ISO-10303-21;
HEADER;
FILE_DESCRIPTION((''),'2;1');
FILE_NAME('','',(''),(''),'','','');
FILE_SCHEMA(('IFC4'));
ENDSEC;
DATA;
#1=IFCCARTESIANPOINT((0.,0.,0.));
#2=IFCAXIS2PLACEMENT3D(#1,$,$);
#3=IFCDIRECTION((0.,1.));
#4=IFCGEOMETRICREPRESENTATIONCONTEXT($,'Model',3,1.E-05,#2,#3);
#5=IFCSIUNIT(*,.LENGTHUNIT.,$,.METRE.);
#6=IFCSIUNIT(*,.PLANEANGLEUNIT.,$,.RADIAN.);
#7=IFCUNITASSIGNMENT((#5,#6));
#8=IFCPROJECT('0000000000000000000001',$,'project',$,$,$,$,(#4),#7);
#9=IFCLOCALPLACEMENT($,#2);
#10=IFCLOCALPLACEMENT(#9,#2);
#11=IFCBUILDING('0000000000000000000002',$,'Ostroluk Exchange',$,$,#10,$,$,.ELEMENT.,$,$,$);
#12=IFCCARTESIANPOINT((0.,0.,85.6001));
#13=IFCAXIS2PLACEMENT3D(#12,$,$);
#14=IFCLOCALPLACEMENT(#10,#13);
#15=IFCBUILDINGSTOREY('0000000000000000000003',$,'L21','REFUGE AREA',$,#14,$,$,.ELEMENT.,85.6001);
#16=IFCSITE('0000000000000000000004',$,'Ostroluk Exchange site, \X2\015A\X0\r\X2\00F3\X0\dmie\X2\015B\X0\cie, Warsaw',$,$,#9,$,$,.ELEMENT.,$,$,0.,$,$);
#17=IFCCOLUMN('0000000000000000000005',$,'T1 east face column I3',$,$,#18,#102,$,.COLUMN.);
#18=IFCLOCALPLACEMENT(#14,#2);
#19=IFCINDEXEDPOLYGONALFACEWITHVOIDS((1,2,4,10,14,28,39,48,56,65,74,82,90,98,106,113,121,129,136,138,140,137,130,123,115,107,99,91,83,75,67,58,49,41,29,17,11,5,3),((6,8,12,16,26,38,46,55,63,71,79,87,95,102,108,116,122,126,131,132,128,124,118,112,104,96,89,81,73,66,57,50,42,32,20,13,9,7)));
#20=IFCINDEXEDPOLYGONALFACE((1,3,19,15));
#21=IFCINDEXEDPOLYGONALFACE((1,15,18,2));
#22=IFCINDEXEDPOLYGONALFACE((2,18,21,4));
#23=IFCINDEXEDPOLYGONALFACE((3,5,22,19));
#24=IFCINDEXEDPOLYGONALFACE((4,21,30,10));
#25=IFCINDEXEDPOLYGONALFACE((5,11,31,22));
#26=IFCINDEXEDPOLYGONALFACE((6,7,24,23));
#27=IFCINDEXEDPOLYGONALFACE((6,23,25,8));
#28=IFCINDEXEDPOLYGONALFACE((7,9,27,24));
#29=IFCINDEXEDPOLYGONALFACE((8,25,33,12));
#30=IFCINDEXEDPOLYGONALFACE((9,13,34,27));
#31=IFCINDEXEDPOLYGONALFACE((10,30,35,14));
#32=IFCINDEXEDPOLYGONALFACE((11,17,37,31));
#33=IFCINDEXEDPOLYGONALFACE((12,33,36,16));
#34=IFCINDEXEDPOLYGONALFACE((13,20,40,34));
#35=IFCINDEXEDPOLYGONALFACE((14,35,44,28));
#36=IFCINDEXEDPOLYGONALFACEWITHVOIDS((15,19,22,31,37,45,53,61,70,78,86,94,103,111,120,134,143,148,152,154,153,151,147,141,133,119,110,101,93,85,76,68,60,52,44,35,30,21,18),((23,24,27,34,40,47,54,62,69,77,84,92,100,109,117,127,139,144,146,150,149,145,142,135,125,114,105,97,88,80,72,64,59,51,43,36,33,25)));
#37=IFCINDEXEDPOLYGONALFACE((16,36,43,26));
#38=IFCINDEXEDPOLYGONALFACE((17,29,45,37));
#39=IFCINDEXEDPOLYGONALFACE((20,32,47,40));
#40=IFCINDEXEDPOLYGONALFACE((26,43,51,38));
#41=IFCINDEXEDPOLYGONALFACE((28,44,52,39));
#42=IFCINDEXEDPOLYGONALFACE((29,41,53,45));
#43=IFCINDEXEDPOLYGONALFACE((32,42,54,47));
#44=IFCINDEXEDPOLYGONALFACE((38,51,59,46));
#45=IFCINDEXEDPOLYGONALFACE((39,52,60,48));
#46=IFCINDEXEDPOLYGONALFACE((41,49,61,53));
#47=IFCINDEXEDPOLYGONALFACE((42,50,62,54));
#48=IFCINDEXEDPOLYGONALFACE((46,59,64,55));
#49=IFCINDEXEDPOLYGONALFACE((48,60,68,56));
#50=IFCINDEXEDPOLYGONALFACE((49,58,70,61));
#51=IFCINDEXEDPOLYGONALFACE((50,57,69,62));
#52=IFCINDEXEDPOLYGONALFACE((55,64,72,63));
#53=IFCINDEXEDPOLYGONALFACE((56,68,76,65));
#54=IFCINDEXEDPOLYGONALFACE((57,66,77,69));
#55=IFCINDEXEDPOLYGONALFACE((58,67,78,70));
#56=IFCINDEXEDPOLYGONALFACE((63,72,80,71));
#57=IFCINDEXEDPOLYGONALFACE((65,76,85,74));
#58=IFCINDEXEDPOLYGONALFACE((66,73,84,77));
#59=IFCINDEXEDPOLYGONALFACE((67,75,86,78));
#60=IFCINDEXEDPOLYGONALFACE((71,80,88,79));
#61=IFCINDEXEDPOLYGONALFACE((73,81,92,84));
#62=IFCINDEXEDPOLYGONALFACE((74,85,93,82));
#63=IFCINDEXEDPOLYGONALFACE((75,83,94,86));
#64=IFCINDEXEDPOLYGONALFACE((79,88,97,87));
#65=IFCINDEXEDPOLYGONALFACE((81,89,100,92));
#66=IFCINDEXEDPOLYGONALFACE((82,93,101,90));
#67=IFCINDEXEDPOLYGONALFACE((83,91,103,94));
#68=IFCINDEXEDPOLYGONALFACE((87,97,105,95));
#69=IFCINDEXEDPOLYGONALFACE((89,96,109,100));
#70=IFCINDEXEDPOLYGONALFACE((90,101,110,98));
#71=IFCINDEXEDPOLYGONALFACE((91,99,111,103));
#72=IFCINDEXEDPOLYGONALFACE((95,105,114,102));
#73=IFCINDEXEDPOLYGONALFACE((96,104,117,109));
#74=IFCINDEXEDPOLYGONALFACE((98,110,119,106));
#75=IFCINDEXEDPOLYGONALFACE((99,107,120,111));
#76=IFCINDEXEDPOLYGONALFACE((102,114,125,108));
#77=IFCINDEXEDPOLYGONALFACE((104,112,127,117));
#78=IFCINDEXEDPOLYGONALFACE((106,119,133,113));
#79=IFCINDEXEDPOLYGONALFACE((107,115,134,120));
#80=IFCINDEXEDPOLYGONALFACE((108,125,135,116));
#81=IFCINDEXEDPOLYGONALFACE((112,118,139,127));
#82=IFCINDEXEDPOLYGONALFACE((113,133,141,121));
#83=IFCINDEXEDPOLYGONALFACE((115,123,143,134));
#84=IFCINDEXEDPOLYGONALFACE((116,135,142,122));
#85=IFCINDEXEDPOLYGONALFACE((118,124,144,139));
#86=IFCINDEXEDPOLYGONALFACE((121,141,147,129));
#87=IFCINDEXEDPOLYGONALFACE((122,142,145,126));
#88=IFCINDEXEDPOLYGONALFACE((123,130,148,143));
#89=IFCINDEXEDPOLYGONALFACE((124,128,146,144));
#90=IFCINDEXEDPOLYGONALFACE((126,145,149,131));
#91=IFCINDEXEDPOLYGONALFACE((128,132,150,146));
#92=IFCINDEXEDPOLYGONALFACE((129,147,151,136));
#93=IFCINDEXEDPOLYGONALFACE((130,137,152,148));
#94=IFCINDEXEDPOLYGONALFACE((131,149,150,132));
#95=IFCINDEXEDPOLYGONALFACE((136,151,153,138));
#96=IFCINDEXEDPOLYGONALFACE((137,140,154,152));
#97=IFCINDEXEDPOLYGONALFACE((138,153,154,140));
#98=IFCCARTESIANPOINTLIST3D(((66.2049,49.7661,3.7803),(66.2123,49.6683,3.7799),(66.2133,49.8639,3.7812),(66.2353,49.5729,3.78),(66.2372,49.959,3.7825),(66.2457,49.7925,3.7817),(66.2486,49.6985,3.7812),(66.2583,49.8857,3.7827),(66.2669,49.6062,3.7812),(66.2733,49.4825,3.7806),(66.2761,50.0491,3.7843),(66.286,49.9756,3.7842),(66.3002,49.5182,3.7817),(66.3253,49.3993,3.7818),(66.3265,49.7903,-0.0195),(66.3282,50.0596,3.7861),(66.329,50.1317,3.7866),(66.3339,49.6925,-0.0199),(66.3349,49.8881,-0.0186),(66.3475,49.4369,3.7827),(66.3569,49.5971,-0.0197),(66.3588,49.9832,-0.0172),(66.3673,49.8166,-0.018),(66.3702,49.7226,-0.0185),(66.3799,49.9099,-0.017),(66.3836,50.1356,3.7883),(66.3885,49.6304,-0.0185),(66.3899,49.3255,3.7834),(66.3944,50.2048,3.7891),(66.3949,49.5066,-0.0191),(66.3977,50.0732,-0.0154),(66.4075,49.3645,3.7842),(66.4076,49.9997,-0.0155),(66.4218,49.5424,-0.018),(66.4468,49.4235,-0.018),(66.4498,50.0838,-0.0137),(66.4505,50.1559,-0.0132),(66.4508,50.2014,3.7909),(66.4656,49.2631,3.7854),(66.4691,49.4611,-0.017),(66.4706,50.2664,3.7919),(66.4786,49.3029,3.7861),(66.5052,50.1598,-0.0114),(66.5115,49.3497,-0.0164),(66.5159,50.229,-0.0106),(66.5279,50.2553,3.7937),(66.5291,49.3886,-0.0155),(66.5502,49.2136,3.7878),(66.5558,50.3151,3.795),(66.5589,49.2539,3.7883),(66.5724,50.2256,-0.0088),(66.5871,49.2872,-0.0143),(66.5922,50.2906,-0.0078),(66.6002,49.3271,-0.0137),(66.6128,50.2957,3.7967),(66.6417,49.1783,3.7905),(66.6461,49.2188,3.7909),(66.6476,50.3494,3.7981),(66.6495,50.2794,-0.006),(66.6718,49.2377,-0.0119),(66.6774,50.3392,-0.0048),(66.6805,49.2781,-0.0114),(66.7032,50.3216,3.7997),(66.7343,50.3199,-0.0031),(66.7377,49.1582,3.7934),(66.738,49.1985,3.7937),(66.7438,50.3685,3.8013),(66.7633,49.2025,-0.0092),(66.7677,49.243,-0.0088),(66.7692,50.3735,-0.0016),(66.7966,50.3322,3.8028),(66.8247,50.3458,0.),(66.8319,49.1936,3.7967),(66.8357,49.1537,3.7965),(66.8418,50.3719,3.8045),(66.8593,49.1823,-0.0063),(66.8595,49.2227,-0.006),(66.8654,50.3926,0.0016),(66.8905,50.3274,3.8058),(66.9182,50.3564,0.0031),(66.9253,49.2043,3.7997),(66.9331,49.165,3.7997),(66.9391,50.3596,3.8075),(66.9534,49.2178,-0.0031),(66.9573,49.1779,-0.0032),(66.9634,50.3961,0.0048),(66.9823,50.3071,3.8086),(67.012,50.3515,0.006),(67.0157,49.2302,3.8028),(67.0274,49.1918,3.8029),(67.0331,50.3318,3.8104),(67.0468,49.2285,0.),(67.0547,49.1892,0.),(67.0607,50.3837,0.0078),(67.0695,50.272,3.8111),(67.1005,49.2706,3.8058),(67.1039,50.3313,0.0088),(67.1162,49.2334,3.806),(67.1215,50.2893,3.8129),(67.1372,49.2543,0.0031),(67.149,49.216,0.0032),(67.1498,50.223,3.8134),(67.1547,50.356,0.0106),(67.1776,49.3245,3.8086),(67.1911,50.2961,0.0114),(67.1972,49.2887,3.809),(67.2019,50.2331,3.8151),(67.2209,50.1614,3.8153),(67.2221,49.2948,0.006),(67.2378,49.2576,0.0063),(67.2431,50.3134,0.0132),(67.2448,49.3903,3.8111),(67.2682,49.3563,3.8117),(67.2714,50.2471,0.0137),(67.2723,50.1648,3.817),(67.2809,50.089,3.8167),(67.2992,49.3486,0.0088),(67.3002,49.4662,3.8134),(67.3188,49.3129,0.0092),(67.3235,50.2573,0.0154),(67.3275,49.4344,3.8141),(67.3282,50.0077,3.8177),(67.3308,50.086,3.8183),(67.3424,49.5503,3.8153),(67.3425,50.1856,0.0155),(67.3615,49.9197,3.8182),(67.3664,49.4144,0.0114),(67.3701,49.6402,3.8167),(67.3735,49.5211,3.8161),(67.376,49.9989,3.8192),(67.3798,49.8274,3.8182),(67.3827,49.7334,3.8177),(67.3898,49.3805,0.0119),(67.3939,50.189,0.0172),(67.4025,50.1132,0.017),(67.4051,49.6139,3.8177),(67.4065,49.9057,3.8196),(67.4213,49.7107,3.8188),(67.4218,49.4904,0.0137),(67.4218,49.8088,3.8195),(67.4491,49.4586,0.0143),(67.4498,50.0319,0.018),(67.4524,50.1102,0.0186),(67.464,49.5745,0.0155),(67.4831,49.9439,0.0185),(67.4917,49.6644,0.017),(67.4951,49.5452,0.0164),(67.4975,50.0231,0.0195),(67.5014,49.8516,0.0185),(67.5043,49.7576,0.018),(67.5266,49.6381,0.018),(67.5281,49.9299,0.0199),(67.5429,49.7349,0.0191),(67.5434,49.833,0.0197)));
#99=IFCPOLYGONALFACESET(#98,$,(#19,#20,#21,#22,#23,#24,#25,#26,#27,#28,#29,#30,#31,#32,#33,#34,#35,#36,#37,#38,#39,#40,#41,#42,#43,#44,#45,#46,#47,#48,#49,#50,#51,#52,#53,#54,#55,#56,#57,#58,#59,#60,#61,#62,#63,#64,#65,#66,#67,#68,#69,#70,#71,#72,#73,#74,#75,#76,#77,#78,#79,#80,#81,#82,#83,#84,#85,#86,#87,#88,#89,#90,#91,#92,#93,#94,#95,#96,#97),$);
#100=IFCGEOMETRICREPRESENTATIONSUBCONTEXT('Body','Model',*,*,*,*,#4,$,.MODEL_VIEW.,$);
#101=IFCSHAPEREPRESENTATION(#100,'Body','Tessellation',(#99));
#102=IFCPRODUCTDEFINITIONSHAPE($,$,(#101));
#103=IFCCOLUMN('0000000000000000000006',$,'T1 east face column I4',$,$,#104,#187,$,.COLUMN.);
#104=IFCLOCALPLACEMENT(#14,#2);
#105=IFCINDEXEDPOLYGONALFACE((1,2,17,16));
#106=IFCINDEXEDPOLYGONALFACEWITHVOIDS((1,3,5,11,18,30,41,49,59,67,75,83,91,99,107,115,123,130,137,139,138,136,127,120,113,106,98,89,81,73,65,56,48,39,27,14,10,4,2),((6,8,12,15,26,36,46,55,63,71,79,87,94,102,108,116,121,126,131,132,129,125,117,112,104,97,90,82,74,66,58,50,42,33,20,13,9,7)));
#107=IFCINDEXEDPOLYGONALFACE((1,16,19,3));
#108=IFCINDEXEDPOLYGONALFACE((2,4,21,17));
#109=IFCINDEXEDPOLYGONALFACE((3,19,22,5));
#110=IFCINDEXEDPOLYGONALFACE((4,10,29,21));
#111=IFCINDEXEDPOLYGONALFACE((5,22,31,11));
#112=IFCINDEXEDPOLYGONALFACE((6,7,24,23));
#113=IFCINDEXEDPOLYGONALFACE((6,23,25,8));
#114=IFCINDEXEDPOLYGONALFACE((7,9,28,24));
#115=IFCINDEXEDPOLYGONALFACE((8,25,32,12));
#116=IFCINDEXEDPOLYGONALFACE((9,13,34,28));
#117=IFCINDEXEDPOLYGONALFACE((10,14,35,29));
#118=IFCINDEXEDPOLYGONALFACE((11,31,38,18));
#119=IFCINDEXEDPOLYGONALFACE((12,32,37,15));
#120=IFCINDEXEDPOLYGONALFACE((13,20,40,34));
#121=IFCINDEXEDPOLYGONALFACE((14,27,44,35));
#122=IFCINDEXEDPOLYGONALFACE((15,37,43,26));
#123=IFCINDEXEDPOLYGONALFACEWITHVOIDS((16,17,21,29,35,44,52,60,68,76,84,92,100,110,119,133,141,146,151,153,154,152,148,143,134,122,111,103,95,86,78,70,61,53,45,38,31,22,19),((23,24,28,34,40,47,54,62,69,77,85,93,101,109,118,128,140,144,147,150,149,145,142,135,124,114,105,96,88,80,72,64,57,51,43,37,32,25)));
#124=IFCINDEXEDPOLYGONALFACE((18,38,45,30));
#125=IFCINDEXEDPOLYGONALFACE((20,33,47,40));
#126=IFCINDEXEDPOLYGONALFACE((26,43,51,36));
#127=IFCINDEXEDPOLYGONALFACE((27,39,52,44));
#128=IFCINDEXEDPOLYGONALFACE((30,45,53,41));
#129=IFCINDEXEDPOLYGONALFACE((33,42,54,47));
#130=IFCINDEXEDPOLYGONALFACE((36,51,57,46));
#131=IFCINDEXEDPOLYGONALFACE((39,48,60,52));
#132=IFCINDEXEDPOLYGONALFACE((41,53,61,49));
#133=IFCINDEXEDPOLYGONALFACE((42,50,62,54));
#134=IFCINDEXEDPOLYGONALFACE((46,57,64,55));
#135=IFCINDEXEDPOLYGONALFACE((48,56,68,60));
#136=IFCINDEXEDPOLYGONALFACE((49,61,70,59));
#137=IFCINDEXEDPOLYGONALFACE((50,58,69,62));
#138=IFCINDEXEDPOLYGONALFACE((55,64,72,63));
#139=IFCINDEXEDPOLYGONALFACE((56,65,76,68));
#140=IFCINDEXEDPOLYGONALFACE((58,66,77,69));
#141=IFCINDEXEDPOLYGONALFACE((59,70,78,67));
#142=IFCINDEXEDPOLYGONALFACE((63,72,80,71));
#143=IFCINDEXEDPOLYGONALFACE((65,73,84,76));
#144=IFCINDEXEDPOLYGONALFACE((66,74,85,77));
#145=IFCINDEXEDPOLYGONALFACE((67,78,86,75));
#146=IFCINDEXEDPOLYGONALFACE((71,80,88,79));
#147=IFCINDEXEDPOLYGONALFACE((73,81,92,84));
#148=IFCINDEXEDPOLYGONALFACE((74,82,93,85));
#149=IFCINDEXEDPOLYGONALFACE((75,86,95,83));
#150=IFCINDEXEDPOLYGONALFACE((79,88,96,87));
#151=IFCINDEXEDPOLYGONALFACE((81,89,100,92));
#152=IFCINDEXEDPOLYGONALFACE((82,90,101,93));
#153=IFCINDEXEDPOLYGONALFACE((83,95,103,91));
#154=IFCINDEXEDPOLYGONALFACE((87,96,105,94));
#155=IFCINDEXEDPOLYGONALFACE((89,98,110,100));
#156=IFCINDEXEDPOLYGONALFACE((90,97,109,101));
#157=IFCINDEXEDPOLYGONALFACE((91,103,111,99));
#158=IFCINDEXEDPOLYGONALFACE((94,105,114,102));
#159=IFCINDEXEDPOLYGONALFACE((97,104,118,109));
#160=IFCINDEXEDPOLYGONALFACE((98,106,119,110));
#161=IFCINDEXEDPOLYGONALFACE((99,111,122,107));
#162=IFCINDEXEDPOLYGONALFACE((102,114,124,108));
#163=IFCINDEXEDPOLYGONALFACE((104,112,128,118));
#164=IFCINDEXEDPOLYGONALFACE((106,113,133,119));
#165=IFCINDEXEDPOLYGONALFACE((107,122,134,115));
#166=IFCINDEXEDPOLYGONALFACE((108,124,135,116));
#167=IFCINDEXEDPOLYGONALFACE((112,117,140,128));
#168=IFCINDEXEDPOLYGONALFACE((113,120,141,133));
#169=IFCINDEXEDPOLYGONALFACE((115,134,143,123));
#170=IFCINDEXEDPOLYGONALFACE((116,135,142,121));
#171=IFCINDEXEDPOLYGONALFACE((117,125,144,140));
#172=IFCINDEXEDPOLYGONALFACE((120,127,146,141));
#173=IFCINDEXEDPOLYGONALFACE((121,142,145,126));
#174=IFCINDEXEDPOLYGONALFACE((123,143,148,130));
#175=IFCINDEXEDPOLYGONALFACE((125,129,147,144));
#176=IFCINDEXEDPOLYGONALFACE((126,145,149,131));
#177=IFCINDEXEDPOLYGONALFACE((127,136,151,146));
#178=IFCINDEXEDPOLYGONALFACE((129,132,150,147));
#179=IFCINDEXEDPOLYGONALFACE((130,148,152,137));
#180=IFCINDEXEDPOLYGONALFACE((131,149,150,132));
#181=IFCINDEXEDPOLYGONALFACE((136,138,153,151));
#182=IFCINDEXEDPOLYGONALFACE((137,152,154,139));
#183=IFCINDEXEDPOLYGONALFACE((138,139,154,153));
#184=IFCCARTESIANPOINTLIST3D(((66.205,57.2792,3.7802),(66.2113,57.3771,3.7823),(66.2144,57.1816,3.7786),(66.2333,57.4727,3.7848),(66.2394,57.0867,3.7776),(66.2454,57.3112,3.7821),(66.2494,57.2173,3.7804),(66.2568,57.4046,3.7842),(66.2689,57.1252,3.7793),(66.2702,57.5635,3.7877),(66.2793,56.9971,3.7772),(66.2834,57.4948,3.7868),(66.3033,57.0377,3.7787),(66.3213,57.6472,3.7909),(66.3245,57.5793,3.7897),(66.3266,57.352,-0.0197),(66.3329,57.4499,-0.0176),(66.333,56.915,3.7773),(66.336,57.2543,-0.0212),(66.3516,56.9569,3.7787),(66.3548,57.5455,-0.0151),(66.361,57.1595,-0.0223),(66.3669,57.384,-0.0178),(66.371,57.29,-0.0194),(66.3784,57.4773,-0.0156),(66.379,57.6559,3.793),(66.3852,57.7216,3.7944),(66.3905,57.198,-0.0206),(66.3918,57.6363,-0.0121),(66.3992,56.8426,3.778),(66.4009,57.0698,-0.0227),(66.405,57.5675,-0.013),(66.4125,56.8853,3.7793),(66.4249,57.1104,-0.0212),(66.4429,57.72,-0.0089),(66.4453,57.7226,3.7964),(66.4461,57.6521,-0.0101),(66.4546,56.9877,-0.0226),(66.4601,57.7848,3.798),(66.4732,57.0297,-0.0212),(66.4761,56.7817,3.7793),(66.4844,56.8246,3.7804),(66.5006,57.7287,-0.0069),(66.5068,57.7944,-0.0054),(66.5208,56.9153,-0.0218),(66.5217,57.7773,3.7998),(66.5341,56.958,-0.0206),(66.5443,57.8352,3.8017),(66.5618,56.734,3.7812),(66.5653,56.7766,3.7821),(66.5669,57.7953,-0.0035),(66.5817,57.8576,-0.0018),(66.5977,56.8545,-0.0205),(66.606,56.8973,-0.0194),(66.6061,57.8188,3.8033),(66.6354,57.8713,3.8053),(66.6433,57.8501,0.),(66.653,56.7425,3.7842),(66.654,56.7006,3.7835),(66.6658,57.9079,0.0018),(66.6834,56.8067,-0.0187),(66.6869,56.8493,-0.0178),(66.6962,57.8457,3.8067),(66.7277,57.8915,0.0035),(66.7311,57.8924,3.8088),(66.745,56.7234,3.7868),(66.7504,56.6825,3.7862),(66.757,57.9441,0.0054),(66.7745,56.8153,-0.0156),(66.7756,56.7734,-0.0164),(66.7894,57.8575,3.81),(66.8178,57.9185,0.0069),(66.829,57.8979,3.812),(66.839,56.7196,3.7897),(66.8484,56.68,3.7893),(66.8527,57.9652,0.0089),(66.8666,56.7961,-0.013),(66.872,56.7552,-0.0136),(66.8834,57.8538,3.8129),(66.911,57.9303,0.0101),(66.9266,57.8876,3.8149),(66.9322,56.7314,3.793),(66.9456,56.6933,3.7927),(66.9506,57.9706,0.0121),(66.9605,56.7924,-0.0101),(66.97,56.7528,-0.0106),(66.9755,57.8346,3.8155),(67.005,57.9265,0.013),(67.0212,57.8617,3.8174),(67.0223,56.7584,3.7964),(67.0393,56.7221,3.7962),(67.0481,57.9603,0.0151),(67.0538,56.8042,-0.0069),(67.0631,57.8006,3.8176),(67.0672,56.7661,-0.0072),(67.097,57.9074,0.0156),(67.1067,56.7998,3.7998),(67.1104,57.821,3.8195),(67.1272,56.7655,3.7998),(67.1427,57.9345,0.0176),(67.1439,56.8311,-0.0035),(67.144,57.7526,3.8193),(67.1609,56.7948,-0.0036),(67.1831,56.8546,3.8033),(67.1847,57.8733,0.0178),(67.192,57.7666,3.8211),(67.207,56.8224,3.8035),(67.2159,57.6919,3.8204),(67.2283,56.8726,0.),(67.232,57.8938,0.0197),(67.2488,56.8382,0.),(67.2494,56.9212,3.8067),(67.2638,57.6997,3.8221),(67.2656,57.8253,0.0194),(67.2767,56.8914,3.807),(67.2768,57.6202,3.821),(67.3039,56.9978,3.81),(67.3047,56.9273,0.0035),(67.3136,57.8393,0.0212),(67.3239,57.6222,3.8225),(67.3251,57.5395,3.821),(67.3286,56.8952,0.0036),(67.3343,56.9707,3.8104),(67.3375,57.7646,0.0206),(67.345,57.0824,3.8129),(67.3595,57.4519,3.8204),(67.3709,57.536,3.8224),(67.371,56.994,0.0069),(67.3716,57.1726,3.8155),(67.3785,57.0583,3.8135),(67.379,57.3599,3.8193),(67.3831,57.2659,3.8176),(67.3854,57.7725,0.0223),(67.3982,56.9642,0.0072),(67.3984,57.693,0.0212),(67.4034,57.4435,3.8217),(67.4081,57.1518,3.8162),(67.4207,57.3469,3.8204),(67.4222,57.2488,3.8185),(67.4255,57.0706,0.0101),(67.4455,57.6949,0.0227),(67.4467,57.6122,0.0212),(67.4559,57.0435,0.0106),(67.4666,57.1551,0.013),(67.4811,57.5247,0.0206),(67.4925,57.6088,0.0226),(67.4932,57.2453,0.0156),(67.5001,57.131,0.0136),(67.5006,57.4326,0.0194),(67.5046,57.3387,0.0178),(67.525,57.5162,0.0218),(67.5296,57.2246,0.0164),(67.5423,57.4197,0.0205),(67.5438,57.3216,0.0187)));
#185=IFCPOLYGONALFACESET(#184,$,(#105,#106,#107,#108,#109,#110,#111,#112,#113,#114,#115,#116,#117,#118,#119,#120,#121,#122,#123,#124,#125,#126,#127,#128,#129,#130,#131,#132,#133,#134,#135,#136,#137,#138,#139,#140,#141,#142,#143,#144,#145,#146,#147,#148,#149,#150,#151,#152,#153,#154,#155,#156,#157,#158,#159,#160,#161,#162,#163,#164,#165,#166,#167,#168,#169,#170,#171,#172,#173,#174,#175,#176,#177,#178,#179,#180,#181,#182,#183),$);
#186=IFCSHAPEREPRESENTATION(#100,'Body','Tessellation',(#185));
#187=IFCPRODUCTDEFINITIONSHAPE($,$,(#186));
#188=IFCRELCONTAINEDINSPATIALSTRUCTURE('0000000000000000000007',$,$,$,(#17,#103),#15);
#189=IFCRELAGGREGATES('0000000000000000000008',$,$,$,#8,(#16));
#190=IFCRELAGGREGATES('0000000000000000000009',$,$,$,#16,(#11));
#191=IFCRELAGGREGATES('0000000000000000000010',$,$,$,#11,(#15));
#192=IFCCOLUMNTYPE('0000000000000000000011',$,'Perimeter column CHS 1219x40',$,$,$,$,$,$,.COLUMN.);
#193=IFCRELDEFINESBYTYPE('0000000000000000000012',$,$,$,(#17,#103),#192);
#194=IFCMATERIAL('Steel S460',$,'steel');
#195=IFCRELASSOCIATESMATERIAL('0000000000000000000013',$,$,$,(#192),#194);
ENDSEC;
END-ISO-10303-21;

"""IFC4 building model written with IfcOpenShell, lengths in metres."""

from ifc_helpers import new_model, si_unit, direction, frame, origin, origin_2d, place, context, subcontext, project, spatial, hollow_circle, extrude, material, material_profile, profile_set, type_object, element, save


model = new_model("IFC4")

# Units and contexts
model_context = context("Model", 3, precision=1e-05, world=origin(), true_north=direction((0.0, 1.0)))
body_context = subcontext(model_context, "Body", "Model", "MODEL_VIEW")
ifc_project = project(units=[si_unit("LENGTHUNIT", "METRE"), si_unit("PLANEANGLEUNIT", "RADIAN")], contexts=[model_context])

# Site, building, storey
site_placement = place(None, origin())
site = spatial("IfcSite", under=ifc_project, at=site_placement, Name="Ostroluk Exchange site, Śródmieście, Warsaw", CompositionType="ELEMENT", RefElevation=0.0)
building_placement = place(site_placement, origin())
building = spatial("IfcBuilding", under=site, at=building_placement, Name="Ostroluk Exchange", CompositionType="ELEMENT")
storey_placement = place(building_placement, frame((0.0, 0.0, 85.6001)))
storey = spatial("IfcBuildingStorey", under=building, at=storey_placement, Name="L21", Description="REFUGE AREA", CompositionType="ELEMENT", Elevation=85.6001)

# Columns
ifc_material_1 = material(Name="Steel S460", Category="steel")
ifc_material_profile_1 = material_profile(ifc_material_1, hollow_circle(Radius=0.6096, WallThickness=0.04, at=origin_2d()), Name="CHS 1219x40")
ifc_profile_set_1 = profile_set([ifc_material_profile_1], Name="Steel S460")
column_type = type_object("IfcColumnType", Name="Perimeter column CHS 1219x40", PredefinedType="COLUMN", material=ifc_profile_set_1)
column_1_placement = place(storey_placement, frame((66.9358, 49.7871, 0.0), z_axis=(-0.03198, -0.006357, 0.999468), x_axis=(0.19498, -0.980807, 0.0)))
element("IfcColumn", 1, at=column_1_placement, inside=storey, type_object=column_type, Name="T1 east face column I3", PredefinedType="COLUMN", context=body_context, shape_type="SweptSolid", body=[
    extrude(hollow_circle(Radius=0.6096, WallThickness=0.04, at=origin_2d()), origin(), (0.0, 0.0, 1.0), 3.8018),
])
column_2_placement = place(storey_placement, frame((66.9358, 57.3613, 0.0), z_axis=(-0.031975, -0.019133, 0.999306), x_axis=(0.513482, -0.8581, 0.0)))
element("IfcColumn", 2, at=column_2_placement, inside=storey, type_object=column_type, Name="T1 east face column I4", PredefinedType="COLUMN", context=body_context, shape_type="SweptSolid", body=[
    extrude(hollow_circle(Radius=0.6096, WallThickness=0.04, at=origin_2d()), origin(), (0.0, 0.0, 1.0), 3.8025),
])

save(model, "model.ifc")
